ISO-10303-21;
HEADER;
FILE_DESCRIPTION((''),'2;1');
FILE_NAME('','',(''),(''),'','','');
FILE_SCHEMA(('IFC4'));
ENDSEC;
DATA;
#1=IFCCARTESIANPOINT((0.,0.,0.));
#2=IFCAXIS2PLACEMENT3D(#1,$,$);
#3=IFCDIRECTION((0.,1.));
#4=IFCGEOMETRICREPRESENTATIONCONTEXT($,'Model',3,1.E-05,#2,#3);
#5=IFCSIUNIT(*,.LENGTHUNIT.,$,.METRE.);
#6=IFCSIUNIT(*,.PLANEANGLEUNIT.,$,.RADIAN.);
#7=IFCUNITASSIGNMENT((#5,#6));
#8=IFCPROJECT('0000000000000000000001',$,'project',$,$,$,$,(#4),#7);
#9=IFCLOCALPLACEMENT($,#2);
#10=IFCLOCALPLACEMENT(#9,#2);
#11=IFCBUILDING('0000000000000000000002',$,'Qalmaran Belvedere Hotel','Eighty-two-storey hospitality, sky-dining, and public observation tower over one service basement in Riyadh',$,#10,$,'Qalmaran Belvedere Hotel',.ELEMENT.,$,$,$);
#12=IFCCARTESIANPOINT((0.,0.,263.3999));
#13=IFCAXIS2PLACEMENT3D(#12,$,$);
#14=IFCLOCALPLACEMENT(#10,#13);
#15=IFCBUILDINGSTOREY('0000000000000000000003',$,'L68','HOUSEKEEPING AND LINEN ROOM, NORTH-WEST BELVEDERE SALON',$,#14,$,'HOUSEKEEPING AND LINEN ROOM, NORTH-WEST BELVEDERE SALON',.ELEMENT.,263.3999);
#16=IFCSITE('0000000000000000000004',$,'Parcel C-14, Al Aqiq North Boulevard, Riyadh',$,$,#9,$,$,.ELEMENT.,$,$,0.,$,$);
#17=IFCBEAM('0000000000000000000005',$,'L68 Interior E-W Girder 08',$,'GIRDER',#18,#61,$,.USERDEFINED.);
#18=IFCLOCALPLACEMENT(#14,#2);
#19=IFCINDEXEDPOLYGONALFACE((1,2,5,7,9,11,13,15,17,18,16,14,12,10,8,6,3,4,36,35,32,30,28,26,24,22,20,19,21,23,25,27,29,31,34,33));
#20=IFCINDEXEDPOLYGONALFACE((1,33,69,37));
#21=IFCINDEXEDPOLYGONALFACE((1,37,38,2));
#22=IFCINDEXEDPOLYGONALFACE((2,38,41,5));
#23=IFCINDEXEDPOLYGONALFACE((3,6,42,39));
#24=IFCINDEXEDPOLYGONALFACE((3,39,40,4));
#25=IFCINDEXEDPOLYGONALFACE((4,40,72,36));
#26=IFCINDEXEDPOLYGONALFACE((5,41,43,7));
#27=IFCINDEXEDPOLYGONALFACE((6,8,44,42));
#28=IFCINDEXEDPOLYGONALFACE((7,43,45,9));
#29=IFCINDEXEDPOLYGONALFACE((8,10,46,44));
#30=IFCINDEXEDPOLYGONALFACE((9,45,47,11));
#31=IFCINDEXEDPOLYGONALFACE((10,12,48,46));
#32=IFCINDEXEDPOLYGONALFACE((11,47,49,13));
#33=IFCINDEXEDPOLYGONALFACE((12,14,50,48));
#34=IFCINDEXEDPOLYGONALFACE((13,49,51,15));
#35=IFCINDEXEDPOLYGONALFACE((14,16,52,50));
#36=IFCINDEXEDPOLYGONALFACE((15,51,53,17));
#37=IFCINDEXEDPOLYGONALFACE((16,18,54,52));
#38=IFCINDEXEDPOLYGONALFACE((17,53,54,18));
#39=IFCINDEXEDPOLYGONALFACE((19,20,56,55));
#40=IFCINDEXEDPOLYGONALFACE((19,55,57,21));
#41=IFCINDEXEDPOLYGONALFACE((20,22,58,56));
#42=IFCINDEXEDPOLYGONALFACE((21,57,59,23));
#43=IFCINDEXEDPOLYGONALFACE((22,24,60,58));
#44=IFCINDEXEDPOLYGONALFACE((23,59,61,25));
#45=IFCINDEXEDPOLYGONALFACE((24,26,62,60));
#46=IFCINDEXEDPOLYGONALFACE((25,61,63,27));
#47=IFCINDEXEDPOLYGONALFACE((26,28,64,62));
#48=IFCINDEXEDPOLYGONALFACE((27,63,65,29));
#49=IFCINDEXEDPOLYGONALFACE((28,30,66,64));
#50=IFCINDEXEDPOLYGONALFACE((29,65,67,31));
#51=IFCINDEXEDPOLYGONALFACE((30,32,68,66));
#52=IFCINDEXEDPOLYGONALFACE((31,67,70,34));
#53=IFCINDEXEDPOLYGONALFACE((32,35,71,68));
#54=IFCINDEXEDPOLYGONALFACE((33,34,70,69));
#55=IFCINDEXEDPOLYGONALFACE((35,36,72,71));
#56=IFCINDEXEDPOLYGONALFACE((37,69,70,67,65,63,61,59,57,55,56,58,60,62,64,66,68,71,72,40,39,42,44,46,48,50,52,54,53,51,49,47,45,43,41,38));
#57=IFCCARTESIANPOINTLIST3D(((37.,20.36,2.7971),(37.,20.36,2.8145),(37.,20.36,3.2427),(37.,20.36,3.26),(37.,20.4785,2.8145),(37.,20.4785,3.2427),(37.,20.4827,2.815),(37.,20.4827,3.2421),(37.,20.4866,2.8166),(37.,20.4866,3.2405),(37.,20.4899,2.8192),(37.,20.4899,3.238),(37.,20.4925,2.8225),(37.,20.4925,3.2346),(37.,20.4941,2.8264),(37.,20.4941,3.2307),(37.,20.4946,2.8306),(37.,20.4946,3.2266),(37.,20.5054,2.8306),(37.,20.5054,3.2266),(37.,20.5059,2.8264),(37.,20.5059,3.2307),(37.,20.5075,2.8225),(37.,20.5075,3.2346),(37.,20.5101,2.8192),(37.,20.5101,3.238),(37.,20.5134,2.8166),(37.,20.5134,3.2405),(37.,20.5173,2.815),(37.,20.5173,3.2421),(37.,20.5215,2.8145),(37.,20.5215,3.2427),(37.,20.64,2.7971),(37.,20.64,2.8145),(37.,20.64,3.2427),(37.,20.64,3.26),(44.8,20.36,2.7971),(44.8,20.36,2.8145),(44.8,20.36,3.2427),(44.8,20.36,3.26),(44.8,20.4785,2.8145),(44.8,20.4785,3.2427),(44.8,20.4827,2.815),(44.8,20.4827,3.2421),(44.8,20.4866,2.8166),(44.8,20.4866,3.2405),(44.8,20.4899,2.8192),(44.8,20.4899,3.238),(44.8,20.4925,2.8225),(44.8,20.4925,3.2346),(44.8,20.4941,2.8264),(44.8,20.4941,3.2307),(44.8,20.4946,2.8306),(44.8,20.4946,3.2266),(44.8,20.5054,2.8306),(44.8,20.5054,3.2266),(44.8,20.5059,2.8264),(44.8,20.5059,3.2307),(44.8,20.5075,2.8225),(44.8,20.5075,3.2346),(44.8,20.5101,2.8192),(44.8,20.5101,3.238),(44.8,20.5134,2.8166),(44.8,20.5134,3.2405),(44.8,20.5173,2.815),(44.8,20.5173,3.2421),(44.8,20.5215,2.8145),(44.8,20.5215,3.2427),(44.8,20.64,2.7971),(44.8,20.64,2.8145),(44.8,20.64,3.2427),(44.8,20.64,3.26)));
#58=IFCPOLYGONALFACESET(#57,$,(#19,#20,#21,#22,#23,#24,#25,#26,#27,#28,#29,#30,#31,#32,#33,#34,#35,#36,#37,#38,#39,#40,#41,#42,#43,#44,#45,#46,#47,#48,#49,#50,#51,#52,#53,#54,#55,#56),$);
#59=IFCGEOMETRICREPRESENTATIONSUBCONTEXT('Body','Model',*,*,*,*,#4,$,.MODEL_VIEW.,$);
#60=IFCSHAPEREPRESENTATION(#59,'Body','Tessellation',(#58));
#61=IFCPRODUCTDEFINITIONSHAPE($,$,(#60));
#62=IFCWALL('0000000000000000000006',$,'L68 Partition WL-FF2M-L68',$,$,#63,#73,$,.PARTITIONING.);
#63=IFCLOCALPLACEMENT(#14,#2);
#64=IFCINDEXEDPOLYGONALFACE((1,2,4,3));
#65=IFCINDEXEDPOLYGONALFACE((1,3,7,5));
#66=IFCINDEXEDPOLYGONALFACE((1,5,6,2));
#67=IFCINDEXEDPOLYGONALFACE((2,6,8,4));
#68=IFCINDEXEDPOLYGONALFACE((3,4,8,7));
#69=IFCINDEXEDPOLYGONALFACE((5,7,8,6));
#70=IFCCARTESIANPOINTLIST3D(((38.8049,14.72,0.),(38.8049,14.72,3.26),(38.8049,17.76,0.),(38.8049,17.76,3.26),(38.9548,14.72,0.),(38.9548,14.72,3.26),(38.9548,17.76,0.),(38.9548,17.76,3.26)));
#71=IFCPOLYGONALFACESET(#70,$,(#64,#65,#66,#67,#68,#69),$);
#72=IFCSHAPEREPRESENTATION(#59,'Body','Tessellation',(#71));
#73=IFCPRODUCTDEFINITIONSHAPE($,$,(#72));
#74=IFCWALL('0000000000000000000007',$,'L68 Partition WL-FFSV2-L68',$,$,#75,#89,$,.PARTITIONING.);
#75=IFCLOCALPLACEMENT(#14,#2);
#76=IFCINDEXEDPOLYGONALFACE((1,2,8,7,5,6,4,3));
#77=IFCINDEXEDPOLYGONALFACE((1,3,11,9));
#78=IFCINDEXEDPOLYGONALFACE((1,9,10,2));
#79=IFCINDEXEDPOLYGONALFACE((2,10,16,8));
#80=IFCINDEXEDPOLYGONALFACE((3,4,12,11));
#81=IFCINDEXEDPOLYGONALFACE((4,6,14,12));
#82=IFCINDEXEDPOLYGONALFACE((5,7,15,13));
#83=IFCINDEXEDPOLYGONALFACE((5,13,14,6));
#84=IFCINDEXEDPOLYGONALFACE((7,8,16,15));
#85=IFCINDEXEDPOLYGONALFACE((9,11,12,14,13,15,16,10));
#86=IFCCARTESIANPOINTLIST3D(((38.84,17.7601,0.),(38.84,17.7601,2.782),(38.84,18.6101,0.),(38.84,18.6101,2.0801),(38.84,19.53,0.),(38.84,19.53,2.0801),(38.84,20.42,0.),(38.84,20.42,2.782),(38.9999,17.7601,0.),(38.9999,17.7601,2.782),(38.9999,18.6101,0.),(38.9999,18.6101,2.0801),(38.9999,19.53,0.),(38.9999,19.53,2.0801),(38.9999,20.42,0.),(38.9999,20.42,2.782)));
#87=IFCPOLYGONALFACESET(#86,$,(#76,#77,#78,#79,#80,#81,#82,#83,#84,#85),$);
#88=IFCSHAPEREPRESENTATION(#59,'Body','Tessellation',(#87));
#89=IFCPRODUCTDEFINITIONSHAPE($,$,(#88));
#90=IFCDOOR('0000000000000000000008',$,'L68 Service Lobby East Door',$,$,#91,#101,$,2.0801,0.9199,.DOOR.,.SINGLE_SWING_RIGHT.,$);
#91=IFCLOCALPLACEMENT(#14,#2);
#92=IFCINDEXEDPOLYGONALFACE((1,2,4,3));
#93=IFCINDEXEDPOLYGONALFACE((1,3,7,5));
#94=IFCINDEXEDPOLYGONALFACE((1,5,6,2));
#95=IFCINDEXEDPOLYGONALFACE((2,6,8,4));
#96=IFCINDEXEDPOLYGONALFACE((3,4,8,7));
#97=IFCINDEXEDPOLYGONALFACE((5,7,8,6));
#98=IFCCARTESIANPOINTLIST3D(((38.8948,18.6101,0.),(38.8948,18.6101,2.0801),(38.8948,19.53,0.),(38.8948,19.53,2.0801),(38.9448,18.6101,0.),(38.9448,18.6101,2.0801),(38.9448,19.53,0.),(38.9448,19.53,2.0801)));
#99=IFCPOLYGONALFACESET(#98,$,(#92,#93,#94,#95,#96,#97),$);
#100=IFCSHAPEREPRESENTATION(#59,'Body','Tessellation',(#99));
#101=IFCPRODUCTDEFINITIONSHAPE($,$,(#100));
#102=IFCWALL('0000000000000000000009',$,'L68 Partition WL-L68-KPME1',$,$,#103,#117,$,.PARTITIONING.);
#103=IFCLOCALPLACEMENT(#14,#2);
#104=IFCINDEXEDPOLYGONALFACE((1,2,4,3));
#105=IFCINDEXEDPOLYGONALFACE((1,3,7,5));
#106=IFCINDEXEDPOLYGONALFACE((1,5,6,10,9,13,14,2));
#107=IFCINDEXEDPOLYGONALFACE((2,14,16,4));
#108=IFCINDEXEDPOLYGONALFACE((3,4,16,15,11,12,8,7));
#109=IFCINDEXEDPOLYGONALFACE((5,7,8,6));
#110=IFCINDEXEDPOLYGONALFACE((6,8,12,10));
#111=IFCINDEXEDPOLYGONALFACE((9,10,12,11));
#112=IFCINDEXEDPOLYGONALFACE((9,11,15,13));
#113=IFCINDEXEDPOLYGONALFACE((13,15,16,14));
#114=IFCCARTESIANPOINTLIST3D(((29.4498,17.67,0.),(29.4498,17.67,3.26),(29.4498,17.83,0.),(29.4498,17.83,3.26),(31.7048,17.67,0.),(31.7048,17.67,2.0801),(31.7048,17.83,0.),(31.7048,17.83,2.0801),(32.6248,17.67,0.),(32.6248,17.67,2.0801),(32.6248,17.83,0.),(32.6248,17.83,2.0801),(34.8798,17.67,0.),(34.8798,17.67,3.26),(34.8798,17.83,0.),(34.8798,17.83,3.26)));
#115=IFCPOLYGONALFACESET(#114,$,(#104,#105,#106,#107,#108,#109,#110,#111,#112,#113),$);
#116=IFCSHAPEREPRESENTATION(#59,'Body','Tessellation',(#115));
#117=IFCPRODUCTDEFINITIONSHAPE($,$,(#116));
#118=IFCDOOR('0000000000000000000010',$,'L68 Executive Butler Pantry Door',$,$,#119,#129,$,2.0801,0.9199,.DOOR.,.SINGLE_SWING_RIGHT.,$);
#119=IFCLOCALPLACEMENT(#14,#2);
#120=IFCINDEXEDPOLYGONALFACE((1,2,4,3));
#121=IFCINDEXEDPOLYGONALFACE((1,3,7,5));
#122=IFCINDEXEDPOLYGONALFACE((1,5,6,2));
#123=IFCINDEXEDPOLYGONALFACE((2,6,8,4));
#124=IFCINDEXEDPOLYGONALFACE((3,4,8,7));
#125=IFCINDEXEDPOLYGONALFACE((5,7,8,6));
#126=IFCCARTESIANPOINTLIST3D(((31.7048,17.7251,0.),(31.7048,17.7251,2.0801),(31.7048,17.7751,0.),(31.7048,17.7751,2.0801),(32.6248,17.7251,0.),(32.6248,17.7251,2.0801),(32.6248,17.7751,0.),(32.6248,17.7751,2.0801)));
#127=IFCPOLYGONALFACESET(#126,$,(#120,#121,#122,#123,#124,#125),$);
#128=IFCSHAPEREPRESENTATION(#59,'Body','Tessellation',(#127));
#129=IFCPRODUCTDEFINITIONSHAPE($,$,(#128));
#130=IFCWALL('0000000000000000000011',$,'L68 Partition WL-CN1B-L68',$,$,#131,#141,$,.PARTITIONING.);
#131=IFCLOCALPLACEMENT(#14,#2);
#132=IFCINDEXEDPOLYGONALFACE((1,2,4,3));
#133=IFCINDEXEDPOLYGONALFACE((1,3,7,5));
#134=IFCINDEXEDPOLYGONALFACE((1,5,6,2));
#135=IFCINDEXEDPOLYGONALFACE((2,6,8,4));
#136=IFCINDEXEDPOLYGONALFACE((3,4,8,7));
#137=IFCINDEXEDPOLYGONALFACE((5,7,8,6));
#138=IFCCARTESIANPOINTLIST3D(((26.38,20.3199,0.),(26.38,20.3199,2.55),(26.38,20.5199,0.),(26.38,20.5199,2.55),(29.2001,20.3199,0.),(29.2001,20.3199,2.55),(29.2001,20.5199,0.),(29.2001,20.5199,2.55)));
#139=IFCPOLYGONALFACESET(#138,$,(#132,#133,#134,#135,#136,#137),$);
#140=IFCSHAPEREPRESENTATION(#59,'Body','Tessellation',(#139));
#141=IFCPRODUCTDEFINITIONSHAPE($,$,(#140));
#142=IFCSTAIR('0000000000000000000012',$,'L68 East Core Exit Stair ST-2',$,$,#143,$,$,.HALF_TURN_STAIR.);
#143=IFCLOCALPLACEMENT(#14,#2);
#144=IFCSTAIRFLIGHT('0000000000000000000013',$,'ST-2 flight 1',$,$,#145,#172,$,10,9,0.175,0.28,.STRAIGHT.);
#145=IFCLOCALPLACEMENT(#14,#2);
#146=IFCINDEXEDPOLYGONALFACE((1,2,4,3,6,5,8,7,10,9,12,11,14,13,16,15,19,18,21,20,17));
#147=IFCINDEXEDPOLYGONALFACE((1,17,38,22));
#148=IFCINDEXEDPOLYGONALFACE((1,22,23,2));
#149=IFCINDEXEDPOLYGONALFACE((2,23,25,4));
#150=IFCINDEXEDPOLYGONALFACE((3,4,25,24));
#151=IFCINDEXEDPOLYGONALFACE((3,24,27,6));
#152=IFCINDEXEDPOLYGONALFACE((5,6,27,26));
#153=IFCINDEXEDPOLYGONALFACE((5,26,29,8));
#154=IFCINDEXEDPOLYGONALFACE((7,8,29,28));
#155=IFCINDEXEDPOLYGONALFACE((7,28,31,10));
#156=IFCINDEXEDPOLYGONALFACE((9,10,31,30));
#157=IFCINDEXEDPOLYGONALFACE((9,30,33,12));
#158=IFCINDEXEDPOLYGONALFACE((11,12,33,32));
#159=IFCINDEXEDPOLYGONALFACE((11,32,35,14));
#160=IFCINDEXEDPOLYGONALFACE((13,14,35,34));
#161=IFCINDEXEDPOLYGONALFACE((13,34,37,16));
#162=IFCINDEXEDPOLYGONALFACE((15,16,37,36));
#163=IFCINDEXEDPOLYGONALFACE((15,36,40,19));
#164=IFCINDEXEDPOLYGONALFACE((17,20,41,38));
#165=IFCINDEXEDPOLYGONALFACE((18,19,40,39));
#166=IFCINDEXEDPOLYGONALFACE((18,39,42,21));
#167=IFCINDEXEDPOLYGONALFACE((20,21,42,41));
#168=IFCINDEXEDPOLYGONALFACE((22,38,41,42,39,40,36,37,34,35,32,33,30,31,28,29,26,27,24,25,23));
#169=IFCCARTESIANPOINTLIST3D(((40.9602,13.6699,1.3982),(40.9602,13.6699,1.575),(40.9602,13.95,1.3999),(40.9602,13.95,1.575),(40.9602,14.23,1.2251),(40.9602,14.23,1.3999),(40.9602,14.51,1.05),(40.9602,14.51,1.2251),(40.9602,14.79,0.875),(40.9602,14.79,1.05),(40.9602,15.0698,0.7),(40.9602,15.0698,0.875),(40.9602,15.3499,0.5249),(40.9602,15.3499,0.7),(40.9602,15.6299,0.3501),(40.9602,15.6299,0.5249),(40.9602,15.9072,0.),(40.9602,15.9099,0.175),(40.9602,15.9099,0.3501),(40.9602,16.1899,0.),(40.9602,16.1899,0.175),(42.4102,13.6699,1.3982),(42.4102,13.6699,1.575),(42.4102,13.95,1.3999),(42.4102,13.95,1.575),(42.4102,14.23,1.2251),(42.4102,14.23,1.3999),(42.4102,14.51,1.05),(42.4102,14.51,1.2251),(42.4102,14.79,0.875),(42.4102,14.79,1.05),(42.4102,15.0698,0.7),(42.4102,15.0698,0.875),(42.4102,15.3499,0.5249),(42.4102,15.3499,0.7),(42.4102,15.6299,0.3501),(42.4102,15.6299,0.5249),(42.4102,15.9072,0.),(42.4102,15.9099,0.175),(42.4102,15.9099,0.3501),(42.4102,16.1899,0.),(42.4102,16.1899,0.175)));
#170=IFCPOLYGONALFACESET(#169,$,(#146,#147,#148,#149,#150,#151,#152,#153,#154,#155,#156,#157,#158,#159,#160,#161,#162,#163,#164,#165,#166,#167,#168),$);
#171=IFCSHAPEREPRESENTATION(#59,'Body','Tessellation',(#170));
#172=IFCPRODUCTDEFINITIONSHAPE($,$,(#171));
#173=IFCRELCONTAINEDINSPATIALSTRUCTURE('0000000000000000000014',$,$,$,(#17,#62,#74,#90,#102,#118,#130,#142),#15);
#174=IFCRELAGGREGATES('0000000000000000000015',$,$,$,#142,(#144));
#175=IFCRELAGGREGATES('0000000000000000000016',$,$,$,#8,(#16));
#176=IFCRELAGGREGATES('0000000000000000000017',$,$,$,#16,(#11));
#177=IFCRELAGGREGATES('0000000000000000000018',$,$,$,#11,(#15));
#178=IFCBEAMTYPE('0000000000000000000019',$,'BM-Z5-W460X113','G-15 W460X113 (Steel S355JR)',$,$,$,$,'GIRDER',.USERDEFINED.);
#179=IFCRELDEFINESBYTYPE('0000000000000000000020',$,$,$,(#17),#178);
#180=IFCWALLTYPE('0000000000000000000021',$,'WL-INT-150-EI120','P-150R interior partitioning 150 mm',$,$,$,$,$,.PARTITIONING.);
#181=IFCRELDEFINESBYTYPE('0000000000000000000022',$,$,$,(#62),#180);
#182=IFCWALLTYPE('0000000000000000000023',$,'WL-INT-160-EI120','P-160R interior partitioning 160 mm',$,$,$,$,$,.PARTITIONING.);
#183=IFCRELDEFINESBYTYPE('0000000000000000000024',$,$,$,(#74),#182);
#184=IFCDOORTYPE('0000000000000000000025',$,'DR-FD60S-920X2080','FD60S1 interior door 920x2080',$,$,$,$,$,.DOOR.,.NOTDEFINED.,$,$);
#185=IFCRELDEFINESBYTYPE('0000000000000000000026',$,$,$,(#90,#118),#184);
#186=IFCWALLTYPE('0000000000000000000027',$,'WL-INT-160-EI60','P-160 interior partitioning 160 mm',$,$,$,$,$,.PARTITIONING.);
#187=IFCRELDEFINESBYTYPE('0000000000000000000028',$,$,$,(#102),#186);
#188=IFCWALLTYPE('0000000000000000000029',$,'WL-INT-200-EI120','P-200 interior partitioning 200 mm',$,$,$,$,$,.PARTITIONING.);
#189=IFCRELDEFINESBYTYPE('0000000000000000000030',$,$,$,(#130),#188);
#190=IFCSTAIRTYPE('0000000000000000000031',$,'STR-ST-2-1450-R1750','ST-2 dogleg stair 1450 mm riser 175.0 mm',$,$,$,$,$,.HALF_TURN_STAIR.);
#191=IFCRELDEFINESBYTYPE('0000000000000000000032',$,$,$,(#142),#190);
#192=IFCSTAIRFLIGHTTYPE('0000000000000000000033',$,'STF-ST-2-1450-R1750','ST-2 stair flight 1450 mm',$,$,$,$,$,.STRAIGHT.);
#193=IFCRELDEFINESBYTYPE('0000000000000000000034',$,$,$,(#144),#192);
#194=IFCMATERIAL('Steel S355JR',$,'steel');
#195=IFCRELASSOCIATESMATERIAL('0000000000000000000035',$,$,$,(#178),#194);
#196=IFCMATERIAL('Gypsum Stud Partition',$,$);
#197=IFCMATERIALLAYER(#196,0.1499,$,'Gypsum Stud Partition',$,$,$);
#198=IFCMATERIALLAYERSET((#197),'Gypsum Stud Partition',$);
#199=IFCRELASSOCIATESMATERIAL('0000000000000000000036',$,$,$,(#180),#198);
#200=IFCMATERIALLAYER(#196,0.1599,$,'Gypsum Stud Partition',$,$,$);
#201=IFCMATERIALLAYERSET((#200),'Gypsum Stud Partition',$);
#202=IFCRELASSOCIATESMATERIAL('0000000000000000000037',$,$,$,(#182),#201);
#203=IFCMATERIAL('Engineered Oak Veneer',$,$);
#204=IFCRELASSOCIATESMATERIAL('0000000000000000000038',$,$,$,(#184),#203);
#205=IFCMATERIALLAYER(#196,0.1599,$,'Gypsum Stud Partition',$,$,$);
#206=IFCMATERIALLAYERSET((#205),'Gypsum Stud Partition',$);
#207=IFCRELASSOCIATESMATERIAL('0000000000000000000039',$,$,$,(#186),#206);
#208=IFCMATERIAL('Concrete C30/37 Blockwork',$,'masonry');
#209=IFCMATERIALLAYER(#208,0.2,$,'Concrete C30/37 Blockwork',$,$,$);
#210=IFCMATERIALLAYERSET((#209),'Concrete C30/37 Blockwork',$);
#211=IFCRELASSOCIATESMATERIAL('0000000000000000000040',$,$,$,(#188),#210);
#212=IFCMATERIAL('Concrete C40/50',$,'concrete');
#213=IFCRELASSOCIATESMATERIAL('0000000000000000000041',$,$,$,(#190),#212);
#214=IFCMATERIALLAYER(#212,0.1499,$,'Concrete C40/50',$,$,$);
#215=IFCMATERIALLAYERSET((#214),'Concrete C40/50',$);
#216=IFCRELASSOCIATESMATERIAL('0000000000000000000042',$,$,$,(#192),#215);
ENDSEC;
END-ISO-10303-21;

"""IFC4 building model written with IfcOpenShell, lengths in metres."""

from ifc_helpers import new_model, si_unit, direction, frame, frame_2d, origin, origin_2d, place, context, subcontext, project, spatial, polyline, rectangle, i_section, outline, extrude, material, layer, layer_set, material_profile, profile_set, type_object, element, fill, aggregate, save


model = new_model("IFC4")

# Units and contexts
model_context = context("Model", 3, precision=1e-05, world=origin(), true_north=direction((0.0, 1.0)))
body_context = subcontext(model_context, "Body", "Model", "MODEL_VIEW")
ifc_project = project(units=[si_unit("LENGTHUNIT", "METRE"), si_unit("PLANEANGLEUNIT", "RADIAN")], contexts=[model_context])

# Site, building, storey
site_placement = place(None, origin())
site = spatial("IfcSite", under=ifc_project, at=site_placement, Name="Parcel C-14, Al Aqiq North Boulevard, Riyadh", CompositionType="ELEMENT", RefElevation=0.0)
building_placement = place(site_placement, origin())
building = spatial("IfcBuilding", under=site, at=building_placement, Name="Qalmaran Belvedere Hotel", Description="Eighty-two-storey hospitality, sky-dining, and public observation tower over one service basement in Riyadh", LongName="Qalmaran Belvedere Hotel", CompositionType="ELEMENT")
storey_placement = place(building_placement, frame((0.0, 0.0, 263.3999)))
storey = spatial("IfcBuildingStorey", under=building, at=storey_placement, Name="L68", Description="HOUSEKEEPING AND LINEN ROOM, NORTH-WEST BELVEDERE SALON", LongName="HOUSEKEEPING AND LINEN ROOM, NORTH-WEST BELVEDERE SALON", CompositionType="ELEMENT", Elevation=263.3999)

# Beam
ifc_material_1 = material(Name="Steel S355JR", Category="steel")
ifc_material_profile_1 = material_profile(ifc_material_1, i_section(OverallWidth=0.28, OverallDepth=0.4629, WebThickness=0.0107, FlangeThickness=0.0173, FilletRadius=0.0161, at=origin_2d()), Name="W460X113")
ifc_profile_set_1 = profile_set([ifc_material_profile_1], Name="Steel S355JR")
beam_type_1 = type_object("IfcBeamType", Name="BM-Z5-W460X113", Description="G-15 W460X113 (Steel S355JR)", ElementType="GIRDER", PredefinedType="USERDEFINED", material=ifc_profile_set_1)
for number, where, z_axis, x_axis, name in (
    (1, (37.0, 20.5, 3.0286), (1.0, 0.0, 0.0), (0.0, 1.0, 0.0), "L68 Interior E-W Girder 08"),
):
    element("IfcBeam", number, at=place(storey_placement, frame(where, z_axis=z_axis, x_axis=x_axis)), inside=storey, type_object=beam_type_1, Name=name, ObjectType="GIRDER", PredefinedType="USERDEFINED", context=body_context, shape_type="SweptSolid", body=[
        extrude(i_section(OverallWidth=0.28, OverallDepth=0.4629, WebThickness=0.0107, FlangeThickness=0.0173, FilletRadius=0.0161, at=origin_2d()), origin(), (0.0, 0.0, 1.0), 7.8),
    ])

# Wall
ifc_material_2 = material(Name="Gypsum Stud Partition")
ifc_layer_1 = layer(ifc_material_2, 0.1499, Name="Gypsum Stud Partition")
ifc_layer_set_1 = layer_set([ifc_layer_1], Name="Gypsum Stud Partition")
wall_type_1 = type_object("IfcWallType", Name="WL-INT-150-EI120", Description="P-150R interior partitioning 150 mm", PredefinedType="PARTITIONING", material=ifc_layer_set_1)
wall_1_placement = place(storey_placement, frame((38.8799, 14.72, 0.0), z_axis=(0.0, 0.0, 1.0), x_axis=(0.0, 1.0, 0.0)))
element("IfcWall", 2, at=wall_1_placement, inside=storey, type_object=wall_type_1, Name="L68 Partition WL-FF2M-L68", PredefinedType="PARTITIONING", context=body_context, shape_type="SweptSolid", body=[
    extrude(rectangle(XDim=3.04, YDim=0.1499, at=frame_2d((1.52, 0.0))), origin(), (0.0, 0.0, 1.0), 3.26),
])

# Walls, openings, doors
ifc_layer_2 = layer(ifc_material_2, 0.1599, Name="Gypsum Stud Partition")
ifc_layer_set_2 = layer_set([ifc_layer_2], Name="Gypsum Stud Partition")
wall_type_2 = type_object("IfcWallType", Name="WL-INT-160-EI120", Description="P-160R interior partitioning 160 mm", PredefinedType="PARTITIONING", material=ifc_layer_set_2)
wall_2_placement = place(storey_placement, frame((38.9199, 17.76, 0.0), z_axis=(0.0, 0.0, 1.0), x_axis=(0.0, 1.0, 0.0)))
wall_2 = element("IfcWall", 3, at=wall_2_placement, inside=storey, type_object=wall_type_2, Name="L68 Partition WL-FFSV2-L68", PredefinedType="PARTITIONING", context=body_context, shape_type="SweptSolid", body=[
    extrude(rectangle(XDim=2.6599, YDim=0.1599, at=frame_2d((1.3301, 0.0))), origin(), (0.0, 0.0, 1.0), 2.782),
])
opening_1_placement = place(wall_2_placement, frame((1.77, 0.0, 0.0), z_axis=(0.0, 0.0, 1.0), x_axis=(-1.0, 0.0, 0.0)))
opening_1 = element("IfcOpeningElement", 4, at=opening_1_placement, cuts=wall_2, PredefinedType="OPENING", context=body_context, shape_type="SweptSolid", body=[
    extrude(rectangle(XDim=0.9199, YDim=2.0801, at=frame_2d((0.46, 1.04))), frame((0.0, 0.0898, 0.0), z_axis=(0.0, -1.0, 0.0), x_axis=(1.0, 0.0, 0.0)), (0.0, 0.0, 1.0), 0.1799),
])
ifc_material_3 = material(Name="Engineered Oak Veneer")
door_type_1 = type_object("IfcDoorType", Name="DR-FD60S-920X2080", Description="FD60S1 interior door 920x2080", OperationType="NOTDEFINED", PredefinedType="DOOR", material=ifc_material_3)
door_1_placement = place(opening_1_placement, origin())
door_1 = element("IfcDoor", 5, at=door_1_placement, inside=storey, type_object=door_type_1, Name="L68 Service Lobby East Door", OperationType="SINGLE_SWING_RIGHT", OverallHeight=2.0801, OverallWidth=0.9199, PredefinedType="DOOR", context=body_context, shape_type="SweptSolid", body=[
    extrude(rectangle(XDim=0.9199, YDim=2.0801, at=frame_2d((0.46, 1.04))), frame((0.0, 0.0249, 0.0), z_axis=(0.0, -1.0, 0.0), x_axis=(1.0, 0.0, 0.0)), (0.0, 0.0, 1.0), 0.05),
])
fill(opening_1, door_1)
ifc_layer_3 = layer(ifc_material_2, 0.1599, Name="Gypsum Stud Partition")
ifc_layer_set_3 = layer_set([ifc_layer_3], Name="Gypsum Stud Partition")
wall_type_3 = type_object("IfcWallType", Name="WL-INT-160-EI60", Description="P-160 interior partitioning 160 mm", PredefinedType="PARTITIONING", material=ifc_layer_set_3)
wall_3_placement = place(storey_placement, frame((29.45, 17.75, 0.0), z_axis=(0.0, 0.0, 1.0), x_axis=(1.0, 0.0, 0.0)))
wall_3 = element("IfcWall", 6, at=wall_3_placement, inside=storey, type_object=wall_type_3, Name="L68 Partition WL-L68-KPME1", PredefinedType="PARTITIONING", context=body_context, shape_type="SweptSolid", body=[
    extrude(rectangle(XDim=5.4299, YDim=0.1599, at=frame_2d((2.7148, 0.0))), origin(), (0.0, 0.0, 1.0), 3.26),
])
opening_2_placement = place(wall_3_placement, frame((3.1748, 0.0, 0.0), z_axis=(0.0, 0.0, 1.0), x_axis=(-1.0, 0.0, 0.0)))
opening_2 = element("IfcOpeningElement", 7, at=opening_2_placement, cuts=wall_3, PredefinedType="OPENING", context=body_context, shape_type="SweptSolid", body=[
    extrude(rectangle(XDim=0.9199, YDim=2.0801, at=frame_2d((0.46, 1.04))), frame((0.0, 0.0898, 0.0), z_axis=(0.0, -1.0, 0.0), x_axis=(1.0, 0.0, 0.0)), (0.0, 0.0, 1.0), 0.1799),
])
door_2_placement = place(opening_2_placement, origin())
door_2 = element("IfcDoor", 8, at=door_2_placement, inside=storey, type_object=door_type_1, Name="L68 Executive Butler Pantry Door", OperationType="SINGLE_SWING_RIGHT", OverallHeight=2.0801, OverallWidth=0.9199, PredefinedType="DOOR", context=body_context, shape_type="SweptSolid", body=[
    extrude(rectangle(XDim=0.9199, YDim=2.0801, at=frame_2d((0.46, 1.04))), frame((0.0, 0.0249, 0.0), z_axis=(0.0, -1.0, 0.0), x_axis=(1.0, 0.0, 0.0)), (0.0, 0.0, 1.0), 0.05),
])
fill(opening_2, door_2)

# Wall
ifc_material_4 = material(Name="Concrete C30/37 Blockwork", Category="masonry")
ifc_layer_4 = layer(ifc_material_4, 0.2, Name="Concrete C30/37 Blockwork")
ifc_layer_set_4 = layer_set([ifc_layer_4], Name="Concrete C30/37 Blockwork")
wall_type_4 = type_object("IfcWallType", Name="WL-INT-200-EI120", Description="P-200 interior partitioning 200 mm", PredefinedType="PARTITIONING", material=ifc_layer_set_4)
wall_4_placement = place(storey_placement, frame((26.3799, 20.4199, 0.0), z_axis=(0.0, 0.0, 1.0), x_axis=(1.0, 0.0, 0.0)))
element("IfcWall", 9, at=wall_4_placement, inside=storey, type_object=wall_type_4, Name="L68 Partition WL-CN1B-L68", PredefinedType="PARTITIONING", context=body_context, shape_type="SweptSolid", body=[
    extrude(rectangle(XDim=2.8201, YDim=0.2, at=frame_2d((1.4102, 0.0))), origin(), (0.0, 0.0, 1.0), 2.55),
])

# Stair, stair flight
ifc_material_5 = material(Name="Concrete C40/50", Category="concrete")
stair_type = type_object("IfcStairType", Name="STR-ST-2-1450-R1750", Description="ST-2 dogleg stair 1450 mm riser 175.0 mm", PredefinedType="HALF_TURN_STAIR", material=ifc_material_5)
stair_placement = place(storey_placement, origin())
stair = element("IfcStair", 10, at=stair_placement, inside=storey, type_object=stair_type, Name="L68 East Core Exit Stair ST-2", PredefinedType="HALF_TURN_STAIR")
ifc_layer_5 = layer(ifc_material_5, 0.1499, Name="Concrete C40/50")
ifc_layer_set_5 = layer_set([ifc_layer_5], Name="Concrete C40/50")
stair_flight_type = type_object("IfcStairFlightType", Name="STF-ST-2-1450-R1750", Description="ST-2 stair flight 1450 mm", PredefinedType="STRAIGHT", material=ifc_layer_set_5)
stair_flight_placement = place(storey_placement, frame((41.6851, 16.1899, 0.0), z_axis=(0.0, 0.0, 1.0), x_axis=(0.0, -1.0, 0.0)))
stair_flight = element("IfcStairFlight", 11, at=stair_flight_placement, type_object=stair_flight_type, Name="ST-2 flight 1", NumberOfRisers=10, NumberOfTreads=9, PredefinedType="STRAIGHT", RiserHeight=0.175, TreadLength=0.28, context=body_context, shape_type="SweptSolid", body=[
    extrude(outline(polyline([(0.0, 0.0), (0.0, 0.175), (0.28, 0.175), (0.28, 0.3501), (0.5601, 0.3501), (0.5601, 0.5249), (0.8401, 0.5249), (0.8401, 0.7), (1.1201, 0.7), (1.1201, 0.875), (1.3999, 0.875), (1.3999, 1.05), (1.6799, 1.05), (1.6799, 1.2251), (1.96, 1.2251), (1.96, 1.3999), (2.24, 1.3999), (2.24, 1.575), (2.52, 1.575), (2.52, 1.75), (2.52, 1.3982), (0.2827, 0.0), (0.0, 0.0)])), frame((0.0, 0.7251, 0.0), z_axis=(0.0, -1.0, 0.0), x_axis=(1.0, 0.0, 0.0)), (0.0, 0.0, 1.0), 1.45),
])
aggregate(stair, [stair_flight])

save(model, "model.ifc")
